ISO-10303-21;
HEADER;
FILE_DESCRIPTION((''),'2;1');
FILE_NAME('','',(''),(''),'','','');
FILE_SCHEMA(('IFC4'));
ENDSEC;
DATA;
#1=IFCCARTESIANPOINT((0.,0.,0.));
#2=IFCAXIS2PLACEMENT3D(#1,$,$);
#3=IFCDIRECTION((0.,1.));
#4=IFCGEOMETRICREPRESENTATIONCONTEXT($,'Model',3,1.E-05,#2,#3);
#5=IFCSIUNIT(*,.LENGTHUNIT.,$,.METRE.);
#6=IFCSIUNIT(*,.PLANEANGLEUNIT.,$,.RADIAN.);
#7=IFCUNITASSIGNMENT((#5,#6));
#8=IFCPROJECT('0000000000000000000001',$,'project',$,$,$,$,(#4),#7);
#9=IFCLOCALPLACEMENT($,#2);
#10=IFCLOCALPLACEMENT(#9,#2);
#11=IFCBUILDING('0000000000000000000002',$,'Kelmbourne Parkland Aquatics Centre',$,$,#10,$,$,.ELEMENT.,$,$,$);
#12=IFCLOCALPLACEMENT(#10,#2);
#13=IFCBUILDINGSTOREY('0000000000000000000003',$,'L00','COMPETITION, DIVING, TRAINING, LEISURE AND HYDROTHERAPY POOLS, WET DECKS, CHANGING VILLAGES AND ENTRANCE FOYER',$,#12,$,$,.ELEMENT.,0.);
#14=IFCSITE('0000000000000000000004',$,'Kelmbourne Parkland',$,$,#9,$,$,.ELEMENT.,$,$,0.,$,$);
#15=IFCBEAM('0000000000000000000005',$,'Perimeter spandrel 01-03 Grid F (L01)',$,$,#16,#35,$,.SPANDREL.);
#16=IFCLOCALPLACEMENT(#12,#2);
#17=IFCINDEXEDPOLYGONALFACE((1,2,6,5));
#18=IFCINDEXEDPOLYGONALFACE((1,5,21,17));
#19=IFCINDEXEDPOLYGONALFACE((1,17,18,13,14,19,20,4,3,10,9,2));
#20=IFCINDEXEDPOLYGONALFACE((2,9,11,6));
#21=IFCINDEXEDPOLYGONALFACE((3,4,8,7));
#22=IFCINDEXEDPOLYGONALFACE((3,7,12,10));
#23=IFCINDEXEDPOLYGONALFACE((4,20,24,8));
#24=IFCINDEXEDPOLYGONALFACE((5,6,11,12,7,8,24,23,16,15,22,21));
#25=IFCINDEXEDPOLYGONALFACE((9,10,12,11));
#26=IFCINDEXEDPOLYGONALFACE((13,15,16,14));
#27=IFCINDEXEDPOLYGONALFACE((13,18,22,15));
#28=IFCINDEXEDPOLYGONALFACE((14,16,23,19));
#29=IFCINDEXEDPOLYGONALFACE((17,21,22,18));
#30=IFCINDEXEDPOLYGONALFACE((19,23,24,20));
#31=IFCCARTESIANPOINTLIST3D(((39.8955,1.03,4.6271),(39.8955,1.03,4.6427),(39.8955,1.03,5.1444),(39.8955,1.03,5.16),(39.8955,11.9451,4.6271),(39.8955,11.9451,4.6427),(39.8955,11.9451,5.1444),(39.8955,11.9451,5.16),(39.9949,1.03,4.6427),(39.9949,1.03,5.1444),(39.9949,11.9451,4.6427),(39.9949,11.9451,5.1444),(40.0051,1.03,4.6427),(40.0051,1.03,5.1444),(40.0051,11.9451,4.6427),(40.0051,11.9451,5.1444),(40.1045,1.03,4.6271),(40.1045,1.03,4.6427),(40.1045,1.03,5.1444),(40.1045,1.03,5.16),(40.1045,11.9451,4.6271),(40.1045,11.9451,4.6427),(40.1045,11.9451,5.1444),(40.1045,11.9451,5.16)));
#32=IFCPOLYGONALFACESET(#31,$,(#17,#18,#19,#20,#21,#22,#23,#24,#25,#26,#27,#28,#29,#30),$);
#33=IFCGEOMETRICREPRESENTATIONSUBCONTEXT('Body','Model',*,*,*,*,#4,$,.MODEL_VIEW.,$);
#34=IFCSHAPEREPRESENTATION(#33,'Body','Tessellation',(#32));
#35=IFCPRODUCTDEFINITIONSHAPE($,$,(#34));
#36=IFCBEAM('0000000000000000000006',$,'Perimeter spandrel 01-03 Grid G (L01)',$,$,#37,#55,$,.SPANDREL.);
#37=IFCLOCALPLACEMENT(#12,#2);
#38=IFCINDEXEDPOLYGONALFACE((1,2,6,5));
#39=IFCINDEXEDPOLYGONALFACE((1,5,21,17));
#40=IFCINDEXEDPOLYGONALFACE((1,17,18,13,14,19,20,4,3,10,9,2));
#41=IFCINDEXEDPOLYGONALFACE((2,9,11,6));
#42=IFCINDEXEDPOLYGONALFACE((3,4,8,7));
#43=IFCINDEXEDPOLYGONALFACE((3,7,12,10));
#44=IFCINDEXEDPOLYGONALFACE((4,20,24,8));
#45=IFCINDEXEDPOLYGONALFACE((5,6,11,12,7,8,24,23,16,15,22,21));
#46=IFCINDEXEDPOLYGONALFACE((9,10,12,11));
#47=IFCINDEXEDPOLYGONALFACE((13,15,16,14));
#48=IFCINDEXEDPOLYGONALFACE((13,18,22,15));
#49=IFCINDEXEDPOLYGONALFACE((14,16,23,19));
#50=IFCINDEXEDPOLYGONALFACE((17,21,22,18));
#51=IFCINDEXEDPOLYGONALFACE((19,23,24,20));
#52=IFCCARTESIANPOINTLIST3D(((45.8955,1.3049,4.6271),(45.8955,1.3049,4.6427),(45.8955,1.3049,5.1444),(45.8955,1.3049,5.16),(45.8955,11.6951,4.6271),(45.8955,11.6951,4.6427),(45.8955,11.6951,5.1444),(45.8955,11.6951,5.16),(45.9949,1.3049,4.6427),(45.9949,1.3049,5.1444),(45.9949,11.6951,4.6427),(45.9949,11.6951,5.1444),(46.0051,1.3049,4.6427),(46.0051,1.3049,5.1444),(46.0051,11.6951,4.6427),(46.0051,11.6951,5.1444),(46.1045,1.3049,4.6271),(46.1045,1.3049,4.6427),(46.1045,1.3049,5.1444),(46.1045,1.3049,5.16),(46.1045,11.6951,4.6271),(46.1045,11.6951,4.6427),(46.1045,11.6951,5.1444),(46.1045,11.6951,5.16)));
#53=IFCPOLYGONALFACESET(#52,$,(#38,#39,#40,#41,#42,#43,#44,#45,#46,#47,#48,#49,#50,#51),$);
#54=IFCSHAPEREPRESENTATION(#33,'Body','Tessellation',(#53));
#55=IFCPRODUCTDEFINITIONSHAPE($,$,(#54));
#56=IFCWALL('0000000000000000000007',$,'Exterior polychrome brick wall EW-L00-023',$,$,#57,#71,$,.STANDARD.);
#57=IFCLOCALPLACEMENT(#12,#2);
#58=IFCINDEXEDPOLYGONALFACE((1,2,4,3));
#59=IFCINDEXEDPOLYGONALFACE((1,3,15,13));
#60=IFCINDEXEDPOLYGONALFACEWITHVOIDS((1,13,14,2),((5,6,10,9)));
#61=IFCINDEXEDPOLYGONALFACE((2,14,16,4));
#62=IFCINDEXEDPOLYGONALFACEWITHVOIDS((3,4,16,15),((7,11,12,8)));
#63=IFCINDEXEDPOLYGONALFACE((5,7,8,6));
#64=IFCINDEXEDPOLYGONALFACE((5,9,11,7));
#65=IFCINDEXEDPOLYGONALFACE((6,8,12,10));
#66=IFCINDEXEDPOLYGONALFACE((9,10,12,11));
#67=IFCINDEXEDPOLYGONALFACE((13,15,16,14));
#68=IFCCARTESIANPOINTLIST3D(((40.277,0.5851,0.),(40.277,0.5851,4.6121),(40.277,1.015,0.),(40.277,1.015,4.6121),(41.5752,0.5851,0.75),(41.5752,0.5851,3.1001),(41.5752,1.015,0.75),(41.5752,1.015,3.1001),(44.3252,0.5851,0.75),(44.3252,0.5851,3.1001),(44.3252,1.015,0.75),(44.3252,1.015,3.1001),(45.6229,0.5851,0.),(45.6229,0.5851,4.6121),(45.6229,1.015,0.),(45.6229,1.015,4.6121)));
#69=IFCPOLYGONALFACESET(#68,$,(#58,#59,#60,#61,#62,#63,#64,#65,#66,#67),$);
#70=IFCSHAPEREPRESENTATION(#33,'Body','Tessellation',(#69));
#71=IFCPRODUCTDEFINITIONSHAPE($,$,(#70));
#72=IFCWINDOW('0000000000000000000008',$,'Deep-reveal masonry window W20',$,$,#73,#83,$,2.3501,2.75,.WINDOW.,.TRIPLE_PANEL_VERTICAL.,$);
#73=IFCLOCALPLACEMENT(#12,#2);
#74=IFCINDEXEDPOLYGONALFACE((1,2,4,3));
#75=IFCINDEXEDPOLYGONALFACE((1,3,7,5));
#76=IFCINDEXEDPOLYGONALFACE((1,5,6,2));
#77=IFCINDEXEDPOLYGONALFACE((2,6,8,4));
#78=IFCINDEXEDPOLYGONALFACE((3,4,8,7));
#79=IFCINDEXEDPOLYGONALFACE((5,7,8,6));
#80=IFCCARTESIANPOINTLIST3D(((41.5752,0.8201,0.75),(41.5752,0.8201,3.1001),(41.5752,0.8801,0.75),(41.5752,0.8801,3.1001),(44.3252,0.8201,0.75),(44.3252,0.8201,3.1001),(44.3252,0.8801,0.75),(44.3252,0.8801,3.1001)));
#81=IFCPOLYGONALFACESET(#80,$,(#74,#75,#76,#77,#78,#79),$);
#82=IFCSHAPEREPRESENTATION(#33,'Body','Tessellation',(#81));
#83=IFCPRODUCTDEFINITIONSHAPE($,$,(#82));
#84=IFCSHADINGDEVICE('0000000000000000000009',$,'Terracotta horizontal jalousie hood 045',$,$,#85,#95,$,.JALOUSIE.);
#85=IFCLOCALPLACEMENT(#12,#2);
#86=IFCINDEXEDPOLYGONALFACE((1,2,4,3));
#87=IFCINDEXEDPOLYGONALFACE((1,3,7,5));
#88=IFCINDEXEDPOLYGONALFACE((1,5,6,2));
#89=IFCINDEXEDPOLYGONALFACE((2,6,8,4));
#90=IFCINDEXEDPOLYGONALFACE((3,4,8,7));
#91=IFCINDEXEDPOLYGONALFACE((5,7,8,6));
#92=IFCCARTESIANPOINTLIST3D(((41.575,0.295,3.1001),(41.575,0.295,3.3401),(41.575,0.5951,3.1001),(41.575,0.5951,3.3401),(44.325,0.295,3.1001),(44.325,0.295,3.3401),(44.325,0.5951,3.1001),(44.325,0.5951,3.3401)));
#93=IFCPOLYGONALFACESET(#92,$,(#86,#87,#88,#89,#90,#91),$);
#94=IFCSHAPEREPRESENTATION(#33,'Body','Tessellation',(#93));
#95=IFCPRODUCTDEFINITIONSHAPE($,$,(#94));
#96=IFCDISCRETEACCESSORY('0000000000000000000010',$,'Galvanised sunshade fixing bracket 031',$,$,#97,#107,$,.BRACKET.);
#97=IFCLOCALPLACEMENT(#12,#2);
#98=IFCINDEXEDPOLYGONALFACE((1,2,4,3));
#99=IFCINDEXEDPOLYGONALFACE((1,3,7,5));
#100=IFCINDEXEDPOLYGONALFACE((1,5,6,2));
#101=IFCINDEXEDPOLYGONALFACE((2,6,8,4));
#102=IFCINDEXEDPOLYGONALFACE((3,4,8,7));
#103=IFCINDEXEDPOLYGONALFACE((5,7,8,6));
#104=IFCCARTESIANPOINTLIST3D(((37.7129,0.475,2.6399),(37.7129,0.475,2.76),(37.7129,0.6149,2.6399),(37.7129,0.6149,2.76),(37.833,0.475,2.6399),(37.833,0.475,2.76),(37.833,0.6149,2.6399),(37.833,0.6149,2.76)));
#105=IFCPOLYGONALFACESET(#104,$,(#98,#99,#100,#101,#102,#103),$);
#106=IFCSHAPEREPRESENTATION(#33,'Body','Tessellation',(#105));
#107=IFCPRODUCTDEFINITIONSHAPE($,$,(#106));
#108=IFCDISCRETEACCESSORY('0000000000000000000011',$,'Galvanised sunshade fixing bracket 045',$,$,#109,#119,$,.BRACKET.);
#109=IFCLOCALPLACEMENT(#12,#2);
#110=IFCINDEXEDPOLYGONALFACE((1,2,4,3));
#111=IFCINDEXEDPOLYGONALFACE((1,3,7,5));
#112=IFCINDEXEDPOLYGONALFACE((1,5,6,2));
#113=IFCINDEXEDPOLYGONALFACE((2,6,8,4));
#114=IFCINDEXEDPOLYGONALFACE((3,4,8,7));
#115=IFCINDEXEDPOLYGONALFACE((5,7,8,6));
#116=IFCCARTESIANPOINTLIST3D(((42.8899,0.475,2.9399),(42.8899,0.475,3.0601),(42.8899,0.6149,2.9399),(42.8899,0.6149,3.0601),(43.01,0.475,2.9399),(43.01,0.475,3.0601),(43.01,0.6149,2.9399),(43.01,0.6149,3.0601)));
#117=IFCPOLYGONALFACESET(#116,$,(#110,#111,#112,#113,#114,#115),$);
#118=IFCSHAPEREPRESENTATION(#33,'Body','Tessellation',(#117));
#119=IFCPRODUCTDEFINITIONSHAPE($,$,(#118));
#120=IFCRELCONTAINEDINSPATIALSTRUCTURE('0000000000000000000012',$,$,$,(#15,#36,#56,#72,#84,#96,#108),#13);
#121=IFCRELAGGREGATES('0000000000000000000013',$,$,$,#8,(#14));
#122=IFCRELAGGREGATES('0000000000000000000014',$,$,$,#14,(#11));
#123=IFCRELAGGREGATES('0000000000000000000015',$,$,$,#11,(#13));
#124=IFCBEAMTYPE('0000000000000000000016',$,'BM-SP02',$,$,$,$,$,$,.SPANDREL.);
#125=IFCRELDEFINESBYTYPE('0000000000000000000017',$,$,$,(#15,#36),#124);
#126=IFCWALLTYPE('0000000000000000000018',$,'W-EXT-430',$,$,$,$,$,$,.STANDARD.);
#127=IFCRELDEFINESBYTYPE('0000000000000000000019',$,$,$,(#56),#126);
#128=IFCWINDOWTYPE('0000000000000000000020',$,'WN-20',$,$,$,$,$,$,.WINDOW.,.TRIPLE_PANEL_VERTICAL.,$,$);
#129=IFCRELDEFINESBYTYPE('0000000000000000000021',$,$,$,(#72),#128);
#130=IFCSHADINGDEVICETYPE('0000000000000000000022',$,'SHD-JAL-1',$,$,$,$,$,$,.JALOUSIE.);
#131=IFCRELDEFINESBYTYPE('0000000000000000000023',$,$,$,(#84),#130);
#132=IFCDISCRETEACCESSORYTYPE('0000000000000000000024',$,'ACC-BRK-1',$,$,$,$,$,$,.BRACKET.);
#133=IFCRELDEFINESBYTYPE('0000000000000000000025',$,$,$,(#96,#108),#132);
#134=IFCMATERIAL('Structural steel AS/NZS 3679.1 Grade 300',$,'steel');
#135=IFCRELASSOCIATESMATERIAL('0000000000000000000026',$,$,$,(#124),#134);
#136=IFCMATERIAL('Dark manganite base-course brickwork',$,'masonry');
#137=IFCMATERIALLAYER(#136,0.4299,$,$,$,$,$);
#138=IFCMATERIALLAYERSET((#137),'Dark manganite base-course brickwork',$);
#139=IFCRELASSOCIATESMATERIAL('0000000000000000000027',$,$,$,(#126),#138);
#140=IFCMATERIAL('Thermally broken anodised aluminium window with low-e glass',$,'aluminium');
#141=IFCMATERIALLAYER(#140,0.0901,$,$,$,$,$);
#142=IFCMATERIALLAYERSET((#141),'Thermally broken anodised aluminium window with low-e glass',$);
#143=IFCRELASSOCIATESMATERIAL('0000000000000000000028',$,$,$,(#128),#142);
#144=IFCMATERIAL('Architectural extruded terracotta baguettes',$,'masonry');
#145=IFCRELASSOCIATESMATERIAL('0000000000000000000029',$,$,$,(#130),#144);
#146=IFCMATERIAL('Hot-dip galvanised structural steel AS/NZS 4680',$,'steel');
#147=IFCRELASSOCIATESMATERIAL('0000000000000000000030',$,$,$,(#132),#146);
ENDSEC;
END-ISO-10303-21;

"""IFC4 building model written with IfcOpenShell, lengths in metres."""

from ifc_helpers import new_model, si_unit, direction, frame, frame_2d, origin, origin_2d, place, context, subcontext, project, spatial, rectangle, i_section, extrude, material, layer, layer_set, material_profile, profile_set, type_object, element, fill, save


model = new_model("IFC4")

# Units and contexts
model_context = context("Model", 3, precision=1e-05, world=origin(), true_north=direction((0.0, 1.0)))
body_context = subcontext(model_context, "Body", "Model", "MODEL_VIEW")
ifc_project = project(units=[si_unit("LENGTHUNIT", "METRE"), si_unit("PLANEANGLEUNIT", "RADIAN")], contexts=[model_context])

# Site, building, storey
site_placement = place(None, origin())
site = spatial("IfcSite", under=ifc_project, at=site_placement, Name="Kelmbourne Parkland", CompositionType="ELEMENT", RefElevation=0.0)
building_placement = place(site_placement, origin())
building = spatial("IfcBuilding", under=site, at=building_placement, Name="Kelmbourne Parkland Aquatics Centre", CompositionType="ELEMENT")
storey_placement = place(building_placement, origin())
storey = spatial("IfcBuildingStorey", under=building, at=storey_placement, Name="L00", Description="COMPETITION, DIVING, TRAINING, LEISURE AND HYDROTHERAPY POOLS, WET DECKS, CHANGING VILLAGES AND ENTRANCE FOYER", CompositionType="ELEMENT", Elevation=0.0)

# Beams
ifc_material_1 = material(Name="Structural steel AS/NZS 3679.1 Grade 300", Category="steel")
ifc_material_profile_1 = material_profile(ifc_material_1, i_section(OverallWidth=0.209, OverallDepth=0.533, WebThickness=0.0103, FlangeThickness=0.0156, at=origin_2d()), Name="530UB92.4")
ifc_profile_set_1 = profile_set([ifc_material_profile_1], Name="Structural steel AS/NZS 3679.1 Grade 300")
beam_type_1 = type_object("IfcBeamType", Name="BM-SP02", PredefinedType="SPANDREL", material=ifc_profile_set_1)
beam_1_placement = place(storey_placement, frame((40.0, 1.03, 4.8936), z_axis=(0.0, 1.0, 0.0), x_axis=(-1.0, 0.0, 0.0)))
element("IfcBeam", 1, at=beam_1_placement, inside=storey, type_object=beam_type_1, Name="Perimeter spandrel 01-03 Grid F (L01)", PredefinedType="SPANDREL", context=body_context, shape_type="SweptSolid", body=[
    extrude(i_section(OverallWidth=0.209, OverallDepth=0.533, WebThickness=0.0103, FlangeThickness=0.0156, at=origin_2d()), origin(), (0.0, 0.0, 1.0), 10.915),
])
beam_2_placement = place(storey_placement, frame((46.0, 1.3049, 4.8936), z_axis=(0.0, 1.0, 0.0), x_axis=(-1.0, 0.0, 0.0)))
element("IfcBeam", 2, at=beam_2_placement, inside=storey, type_object=beam_type_1, Name="Perimeter spandrel 01-03 Grid G (L01)", PredefinedType="SPANDREL", context=body_context, shape_type="SweptSolid", body=[
    extrude(i_section(OverallWidth=0.209, OverallDepth=0.533, WebThickness=0.0103, FlangeThickness=0.0156, at=origin_2d()), origin(), (0.0, 0.0, 1.0), 10.3901),
])

# Shared definitions
ifc_material_2 = material(Name="Dark manganite base-course brickwork", Category="masonry")
ifc_layer_1 = layer(ifc_material_2, 0.4299)
ifc_layer_set_1 = layer_set([ifc_layer_1], Name="Dark manganite base-course brickwork")
wall_type = type_object("IfcWallType", Name="W-EXT-430", PredefinedType="STANDARD", material=ifc_layer_set_1)

# Wall, opening, window
wall_1_placement = place(storey_placement, frame((40.2771, 0.8, 0.0), z_axis=(0.0, 0.0, 1.0), x_axis=(1.0, 0.0, 0.0)))
wall_1 = element("IfcWall", 3, at=wall_1_placement, inside=storey, type_object=wall_type, Name="Exterior polychrome brick wall EW-L00-023", PredefinedType="STANDARD", context=body_context, shape_type="SweptSolid", body=[
    extrude(rectangle(XDim=5.3459, YDim=0.4299, at=frame_2d((2.6729, 0.0))), origin(), (0.0, 0.0, 1.0), 4.6121),
])
opening_1_placement = place(wall_1_placement, frame((1.2981, 0.0, 0.75)))
opening_1 = element("IfcOpeningElement", 4, at=opening_1_placement, cuts=wall_1, PredefinedType="OPENING", context=body_context, shape_type="SweptSolid", body=[
    extrude(rectangle(XDim=2.75, YDim=2.3501, at=frame_2d((1.375, 1.175))), frame((0.0, 0.2271, 0.0), z_axis=(0.0, -1.0, 0.0), x_axis=(1.0, 0.0, 0.0)), (0.0, 0.0, 1.0), 0.4539),
])
ifc_material_3 = material(Name="Thermally broken anodised aluminium window with low-e glass", Category="aluminium")
ifc_layer_2 = layer(ifc_material_3, 0.0901)
ifc_layer_set_2 = layer_set([ifc_layer_2], Name="Thermally broken anodised aluminium window with low-e glass")
window_type = type_object("IfcWindowType", Name="WN-20", PartitioningType="TRIPLE_PANEL_VERTICAL", PredefinedType="WINDOW", material=ifc_layer_set_2)
window_placement = place(opening_1_placement, origin())
window = element("IfcWindow", 5, at=window_placement, inside=storey, type_object=window_type, Name="Deep-reveal masonry window W20", OverallHeight=2.3501, OverallWidth=2.75, PartitioningType="TRIPLE_PANEL_VERTICAL", PredefinedType="WINDOW", context=body_context, shape_type="SweptSolid", body=[
    extrude(rectangle(XDim=2.75, YDim=2.3501, at=frame_2d((1.375, 1.175))), frame((0.0, 0.0801, 0.0), z_axis=(0.0, -1.0, 0.0), x_axis=(1.0, 0.0, 0.0)), (0.0, 0.0, 1.0), 0.0601),
])
fill(opening_1, window)

# Shading device
ifc_material_4 = material(Name="Architectural extruded terracotta baguettes", Category="masonry")
shading_device_type = type_object("IfcShadingDeviceType", Name="SHD-JAL-1", PredefinedType="JALOUSIE", material=ifc_material_4)
shading_device_placement = place(storey_placement, frame((42.95, 0.4451, 3.1001), z_axis=(0.0, 0.0, 1.0), x_axis=(1.0, 0.0, 0.0)))
element("IfcShadingDevice", 6, at=shading_device_placement, inside=storey, type_object=shading_device_type, Name="Terracotta horizontal jalousie hood 045", PredefinedType="JALOUSIE", context=body_context, shape_type="SweptSolid", body=[
    extrude(rectangle(XDim=2.75, YDim=0.3, at=origin_2d()), origin(), (0.0, 0.0, 1.0), 0.24),
])

# Discrete accessories
ifc_material_5 = material(Name="Hot-dip galvanised structural steel AS/NZS 4680", Category="steel")
discrete_accessory_type = type_object("IfcDiscreteAccessoryType", Name="ACC-BRK-1", PredefinedType="BRACKET", material=ifc_material_5)
for number, where, z_axis, x_axis, name in (
    (7, (37.7729, 0.5449, 2.6399), (0.0, 0.0, 1.0), (1.0, 0.0, 0.0), "Galvanised sunshade fixing bracket 031"),
    (8, (42.95, 0.5449, 2.9399), (0.0, 0.0, 1.0), (1.0, 0.0, 0.0), "Galvanised sunshade fixing bracket 045"),
):
    element("IfcDiscreteAccessory", number, at=place(storey_placement, frame(where, z_axis=z_axis, x_axis=x_axis)), inside=storey, type_object=discrete_accessory_type, Name=name, PredefinedType="BRACKET", context=body_context, shape_type="SweptSolid", body=[
        extrude(rectangle(XDim=0.1201, YDim=0.1399, at=origin_2d()), origin(), (0.0, 0.0, 1.0), 0.1201),
    ])

save(model, "model.ifc")
